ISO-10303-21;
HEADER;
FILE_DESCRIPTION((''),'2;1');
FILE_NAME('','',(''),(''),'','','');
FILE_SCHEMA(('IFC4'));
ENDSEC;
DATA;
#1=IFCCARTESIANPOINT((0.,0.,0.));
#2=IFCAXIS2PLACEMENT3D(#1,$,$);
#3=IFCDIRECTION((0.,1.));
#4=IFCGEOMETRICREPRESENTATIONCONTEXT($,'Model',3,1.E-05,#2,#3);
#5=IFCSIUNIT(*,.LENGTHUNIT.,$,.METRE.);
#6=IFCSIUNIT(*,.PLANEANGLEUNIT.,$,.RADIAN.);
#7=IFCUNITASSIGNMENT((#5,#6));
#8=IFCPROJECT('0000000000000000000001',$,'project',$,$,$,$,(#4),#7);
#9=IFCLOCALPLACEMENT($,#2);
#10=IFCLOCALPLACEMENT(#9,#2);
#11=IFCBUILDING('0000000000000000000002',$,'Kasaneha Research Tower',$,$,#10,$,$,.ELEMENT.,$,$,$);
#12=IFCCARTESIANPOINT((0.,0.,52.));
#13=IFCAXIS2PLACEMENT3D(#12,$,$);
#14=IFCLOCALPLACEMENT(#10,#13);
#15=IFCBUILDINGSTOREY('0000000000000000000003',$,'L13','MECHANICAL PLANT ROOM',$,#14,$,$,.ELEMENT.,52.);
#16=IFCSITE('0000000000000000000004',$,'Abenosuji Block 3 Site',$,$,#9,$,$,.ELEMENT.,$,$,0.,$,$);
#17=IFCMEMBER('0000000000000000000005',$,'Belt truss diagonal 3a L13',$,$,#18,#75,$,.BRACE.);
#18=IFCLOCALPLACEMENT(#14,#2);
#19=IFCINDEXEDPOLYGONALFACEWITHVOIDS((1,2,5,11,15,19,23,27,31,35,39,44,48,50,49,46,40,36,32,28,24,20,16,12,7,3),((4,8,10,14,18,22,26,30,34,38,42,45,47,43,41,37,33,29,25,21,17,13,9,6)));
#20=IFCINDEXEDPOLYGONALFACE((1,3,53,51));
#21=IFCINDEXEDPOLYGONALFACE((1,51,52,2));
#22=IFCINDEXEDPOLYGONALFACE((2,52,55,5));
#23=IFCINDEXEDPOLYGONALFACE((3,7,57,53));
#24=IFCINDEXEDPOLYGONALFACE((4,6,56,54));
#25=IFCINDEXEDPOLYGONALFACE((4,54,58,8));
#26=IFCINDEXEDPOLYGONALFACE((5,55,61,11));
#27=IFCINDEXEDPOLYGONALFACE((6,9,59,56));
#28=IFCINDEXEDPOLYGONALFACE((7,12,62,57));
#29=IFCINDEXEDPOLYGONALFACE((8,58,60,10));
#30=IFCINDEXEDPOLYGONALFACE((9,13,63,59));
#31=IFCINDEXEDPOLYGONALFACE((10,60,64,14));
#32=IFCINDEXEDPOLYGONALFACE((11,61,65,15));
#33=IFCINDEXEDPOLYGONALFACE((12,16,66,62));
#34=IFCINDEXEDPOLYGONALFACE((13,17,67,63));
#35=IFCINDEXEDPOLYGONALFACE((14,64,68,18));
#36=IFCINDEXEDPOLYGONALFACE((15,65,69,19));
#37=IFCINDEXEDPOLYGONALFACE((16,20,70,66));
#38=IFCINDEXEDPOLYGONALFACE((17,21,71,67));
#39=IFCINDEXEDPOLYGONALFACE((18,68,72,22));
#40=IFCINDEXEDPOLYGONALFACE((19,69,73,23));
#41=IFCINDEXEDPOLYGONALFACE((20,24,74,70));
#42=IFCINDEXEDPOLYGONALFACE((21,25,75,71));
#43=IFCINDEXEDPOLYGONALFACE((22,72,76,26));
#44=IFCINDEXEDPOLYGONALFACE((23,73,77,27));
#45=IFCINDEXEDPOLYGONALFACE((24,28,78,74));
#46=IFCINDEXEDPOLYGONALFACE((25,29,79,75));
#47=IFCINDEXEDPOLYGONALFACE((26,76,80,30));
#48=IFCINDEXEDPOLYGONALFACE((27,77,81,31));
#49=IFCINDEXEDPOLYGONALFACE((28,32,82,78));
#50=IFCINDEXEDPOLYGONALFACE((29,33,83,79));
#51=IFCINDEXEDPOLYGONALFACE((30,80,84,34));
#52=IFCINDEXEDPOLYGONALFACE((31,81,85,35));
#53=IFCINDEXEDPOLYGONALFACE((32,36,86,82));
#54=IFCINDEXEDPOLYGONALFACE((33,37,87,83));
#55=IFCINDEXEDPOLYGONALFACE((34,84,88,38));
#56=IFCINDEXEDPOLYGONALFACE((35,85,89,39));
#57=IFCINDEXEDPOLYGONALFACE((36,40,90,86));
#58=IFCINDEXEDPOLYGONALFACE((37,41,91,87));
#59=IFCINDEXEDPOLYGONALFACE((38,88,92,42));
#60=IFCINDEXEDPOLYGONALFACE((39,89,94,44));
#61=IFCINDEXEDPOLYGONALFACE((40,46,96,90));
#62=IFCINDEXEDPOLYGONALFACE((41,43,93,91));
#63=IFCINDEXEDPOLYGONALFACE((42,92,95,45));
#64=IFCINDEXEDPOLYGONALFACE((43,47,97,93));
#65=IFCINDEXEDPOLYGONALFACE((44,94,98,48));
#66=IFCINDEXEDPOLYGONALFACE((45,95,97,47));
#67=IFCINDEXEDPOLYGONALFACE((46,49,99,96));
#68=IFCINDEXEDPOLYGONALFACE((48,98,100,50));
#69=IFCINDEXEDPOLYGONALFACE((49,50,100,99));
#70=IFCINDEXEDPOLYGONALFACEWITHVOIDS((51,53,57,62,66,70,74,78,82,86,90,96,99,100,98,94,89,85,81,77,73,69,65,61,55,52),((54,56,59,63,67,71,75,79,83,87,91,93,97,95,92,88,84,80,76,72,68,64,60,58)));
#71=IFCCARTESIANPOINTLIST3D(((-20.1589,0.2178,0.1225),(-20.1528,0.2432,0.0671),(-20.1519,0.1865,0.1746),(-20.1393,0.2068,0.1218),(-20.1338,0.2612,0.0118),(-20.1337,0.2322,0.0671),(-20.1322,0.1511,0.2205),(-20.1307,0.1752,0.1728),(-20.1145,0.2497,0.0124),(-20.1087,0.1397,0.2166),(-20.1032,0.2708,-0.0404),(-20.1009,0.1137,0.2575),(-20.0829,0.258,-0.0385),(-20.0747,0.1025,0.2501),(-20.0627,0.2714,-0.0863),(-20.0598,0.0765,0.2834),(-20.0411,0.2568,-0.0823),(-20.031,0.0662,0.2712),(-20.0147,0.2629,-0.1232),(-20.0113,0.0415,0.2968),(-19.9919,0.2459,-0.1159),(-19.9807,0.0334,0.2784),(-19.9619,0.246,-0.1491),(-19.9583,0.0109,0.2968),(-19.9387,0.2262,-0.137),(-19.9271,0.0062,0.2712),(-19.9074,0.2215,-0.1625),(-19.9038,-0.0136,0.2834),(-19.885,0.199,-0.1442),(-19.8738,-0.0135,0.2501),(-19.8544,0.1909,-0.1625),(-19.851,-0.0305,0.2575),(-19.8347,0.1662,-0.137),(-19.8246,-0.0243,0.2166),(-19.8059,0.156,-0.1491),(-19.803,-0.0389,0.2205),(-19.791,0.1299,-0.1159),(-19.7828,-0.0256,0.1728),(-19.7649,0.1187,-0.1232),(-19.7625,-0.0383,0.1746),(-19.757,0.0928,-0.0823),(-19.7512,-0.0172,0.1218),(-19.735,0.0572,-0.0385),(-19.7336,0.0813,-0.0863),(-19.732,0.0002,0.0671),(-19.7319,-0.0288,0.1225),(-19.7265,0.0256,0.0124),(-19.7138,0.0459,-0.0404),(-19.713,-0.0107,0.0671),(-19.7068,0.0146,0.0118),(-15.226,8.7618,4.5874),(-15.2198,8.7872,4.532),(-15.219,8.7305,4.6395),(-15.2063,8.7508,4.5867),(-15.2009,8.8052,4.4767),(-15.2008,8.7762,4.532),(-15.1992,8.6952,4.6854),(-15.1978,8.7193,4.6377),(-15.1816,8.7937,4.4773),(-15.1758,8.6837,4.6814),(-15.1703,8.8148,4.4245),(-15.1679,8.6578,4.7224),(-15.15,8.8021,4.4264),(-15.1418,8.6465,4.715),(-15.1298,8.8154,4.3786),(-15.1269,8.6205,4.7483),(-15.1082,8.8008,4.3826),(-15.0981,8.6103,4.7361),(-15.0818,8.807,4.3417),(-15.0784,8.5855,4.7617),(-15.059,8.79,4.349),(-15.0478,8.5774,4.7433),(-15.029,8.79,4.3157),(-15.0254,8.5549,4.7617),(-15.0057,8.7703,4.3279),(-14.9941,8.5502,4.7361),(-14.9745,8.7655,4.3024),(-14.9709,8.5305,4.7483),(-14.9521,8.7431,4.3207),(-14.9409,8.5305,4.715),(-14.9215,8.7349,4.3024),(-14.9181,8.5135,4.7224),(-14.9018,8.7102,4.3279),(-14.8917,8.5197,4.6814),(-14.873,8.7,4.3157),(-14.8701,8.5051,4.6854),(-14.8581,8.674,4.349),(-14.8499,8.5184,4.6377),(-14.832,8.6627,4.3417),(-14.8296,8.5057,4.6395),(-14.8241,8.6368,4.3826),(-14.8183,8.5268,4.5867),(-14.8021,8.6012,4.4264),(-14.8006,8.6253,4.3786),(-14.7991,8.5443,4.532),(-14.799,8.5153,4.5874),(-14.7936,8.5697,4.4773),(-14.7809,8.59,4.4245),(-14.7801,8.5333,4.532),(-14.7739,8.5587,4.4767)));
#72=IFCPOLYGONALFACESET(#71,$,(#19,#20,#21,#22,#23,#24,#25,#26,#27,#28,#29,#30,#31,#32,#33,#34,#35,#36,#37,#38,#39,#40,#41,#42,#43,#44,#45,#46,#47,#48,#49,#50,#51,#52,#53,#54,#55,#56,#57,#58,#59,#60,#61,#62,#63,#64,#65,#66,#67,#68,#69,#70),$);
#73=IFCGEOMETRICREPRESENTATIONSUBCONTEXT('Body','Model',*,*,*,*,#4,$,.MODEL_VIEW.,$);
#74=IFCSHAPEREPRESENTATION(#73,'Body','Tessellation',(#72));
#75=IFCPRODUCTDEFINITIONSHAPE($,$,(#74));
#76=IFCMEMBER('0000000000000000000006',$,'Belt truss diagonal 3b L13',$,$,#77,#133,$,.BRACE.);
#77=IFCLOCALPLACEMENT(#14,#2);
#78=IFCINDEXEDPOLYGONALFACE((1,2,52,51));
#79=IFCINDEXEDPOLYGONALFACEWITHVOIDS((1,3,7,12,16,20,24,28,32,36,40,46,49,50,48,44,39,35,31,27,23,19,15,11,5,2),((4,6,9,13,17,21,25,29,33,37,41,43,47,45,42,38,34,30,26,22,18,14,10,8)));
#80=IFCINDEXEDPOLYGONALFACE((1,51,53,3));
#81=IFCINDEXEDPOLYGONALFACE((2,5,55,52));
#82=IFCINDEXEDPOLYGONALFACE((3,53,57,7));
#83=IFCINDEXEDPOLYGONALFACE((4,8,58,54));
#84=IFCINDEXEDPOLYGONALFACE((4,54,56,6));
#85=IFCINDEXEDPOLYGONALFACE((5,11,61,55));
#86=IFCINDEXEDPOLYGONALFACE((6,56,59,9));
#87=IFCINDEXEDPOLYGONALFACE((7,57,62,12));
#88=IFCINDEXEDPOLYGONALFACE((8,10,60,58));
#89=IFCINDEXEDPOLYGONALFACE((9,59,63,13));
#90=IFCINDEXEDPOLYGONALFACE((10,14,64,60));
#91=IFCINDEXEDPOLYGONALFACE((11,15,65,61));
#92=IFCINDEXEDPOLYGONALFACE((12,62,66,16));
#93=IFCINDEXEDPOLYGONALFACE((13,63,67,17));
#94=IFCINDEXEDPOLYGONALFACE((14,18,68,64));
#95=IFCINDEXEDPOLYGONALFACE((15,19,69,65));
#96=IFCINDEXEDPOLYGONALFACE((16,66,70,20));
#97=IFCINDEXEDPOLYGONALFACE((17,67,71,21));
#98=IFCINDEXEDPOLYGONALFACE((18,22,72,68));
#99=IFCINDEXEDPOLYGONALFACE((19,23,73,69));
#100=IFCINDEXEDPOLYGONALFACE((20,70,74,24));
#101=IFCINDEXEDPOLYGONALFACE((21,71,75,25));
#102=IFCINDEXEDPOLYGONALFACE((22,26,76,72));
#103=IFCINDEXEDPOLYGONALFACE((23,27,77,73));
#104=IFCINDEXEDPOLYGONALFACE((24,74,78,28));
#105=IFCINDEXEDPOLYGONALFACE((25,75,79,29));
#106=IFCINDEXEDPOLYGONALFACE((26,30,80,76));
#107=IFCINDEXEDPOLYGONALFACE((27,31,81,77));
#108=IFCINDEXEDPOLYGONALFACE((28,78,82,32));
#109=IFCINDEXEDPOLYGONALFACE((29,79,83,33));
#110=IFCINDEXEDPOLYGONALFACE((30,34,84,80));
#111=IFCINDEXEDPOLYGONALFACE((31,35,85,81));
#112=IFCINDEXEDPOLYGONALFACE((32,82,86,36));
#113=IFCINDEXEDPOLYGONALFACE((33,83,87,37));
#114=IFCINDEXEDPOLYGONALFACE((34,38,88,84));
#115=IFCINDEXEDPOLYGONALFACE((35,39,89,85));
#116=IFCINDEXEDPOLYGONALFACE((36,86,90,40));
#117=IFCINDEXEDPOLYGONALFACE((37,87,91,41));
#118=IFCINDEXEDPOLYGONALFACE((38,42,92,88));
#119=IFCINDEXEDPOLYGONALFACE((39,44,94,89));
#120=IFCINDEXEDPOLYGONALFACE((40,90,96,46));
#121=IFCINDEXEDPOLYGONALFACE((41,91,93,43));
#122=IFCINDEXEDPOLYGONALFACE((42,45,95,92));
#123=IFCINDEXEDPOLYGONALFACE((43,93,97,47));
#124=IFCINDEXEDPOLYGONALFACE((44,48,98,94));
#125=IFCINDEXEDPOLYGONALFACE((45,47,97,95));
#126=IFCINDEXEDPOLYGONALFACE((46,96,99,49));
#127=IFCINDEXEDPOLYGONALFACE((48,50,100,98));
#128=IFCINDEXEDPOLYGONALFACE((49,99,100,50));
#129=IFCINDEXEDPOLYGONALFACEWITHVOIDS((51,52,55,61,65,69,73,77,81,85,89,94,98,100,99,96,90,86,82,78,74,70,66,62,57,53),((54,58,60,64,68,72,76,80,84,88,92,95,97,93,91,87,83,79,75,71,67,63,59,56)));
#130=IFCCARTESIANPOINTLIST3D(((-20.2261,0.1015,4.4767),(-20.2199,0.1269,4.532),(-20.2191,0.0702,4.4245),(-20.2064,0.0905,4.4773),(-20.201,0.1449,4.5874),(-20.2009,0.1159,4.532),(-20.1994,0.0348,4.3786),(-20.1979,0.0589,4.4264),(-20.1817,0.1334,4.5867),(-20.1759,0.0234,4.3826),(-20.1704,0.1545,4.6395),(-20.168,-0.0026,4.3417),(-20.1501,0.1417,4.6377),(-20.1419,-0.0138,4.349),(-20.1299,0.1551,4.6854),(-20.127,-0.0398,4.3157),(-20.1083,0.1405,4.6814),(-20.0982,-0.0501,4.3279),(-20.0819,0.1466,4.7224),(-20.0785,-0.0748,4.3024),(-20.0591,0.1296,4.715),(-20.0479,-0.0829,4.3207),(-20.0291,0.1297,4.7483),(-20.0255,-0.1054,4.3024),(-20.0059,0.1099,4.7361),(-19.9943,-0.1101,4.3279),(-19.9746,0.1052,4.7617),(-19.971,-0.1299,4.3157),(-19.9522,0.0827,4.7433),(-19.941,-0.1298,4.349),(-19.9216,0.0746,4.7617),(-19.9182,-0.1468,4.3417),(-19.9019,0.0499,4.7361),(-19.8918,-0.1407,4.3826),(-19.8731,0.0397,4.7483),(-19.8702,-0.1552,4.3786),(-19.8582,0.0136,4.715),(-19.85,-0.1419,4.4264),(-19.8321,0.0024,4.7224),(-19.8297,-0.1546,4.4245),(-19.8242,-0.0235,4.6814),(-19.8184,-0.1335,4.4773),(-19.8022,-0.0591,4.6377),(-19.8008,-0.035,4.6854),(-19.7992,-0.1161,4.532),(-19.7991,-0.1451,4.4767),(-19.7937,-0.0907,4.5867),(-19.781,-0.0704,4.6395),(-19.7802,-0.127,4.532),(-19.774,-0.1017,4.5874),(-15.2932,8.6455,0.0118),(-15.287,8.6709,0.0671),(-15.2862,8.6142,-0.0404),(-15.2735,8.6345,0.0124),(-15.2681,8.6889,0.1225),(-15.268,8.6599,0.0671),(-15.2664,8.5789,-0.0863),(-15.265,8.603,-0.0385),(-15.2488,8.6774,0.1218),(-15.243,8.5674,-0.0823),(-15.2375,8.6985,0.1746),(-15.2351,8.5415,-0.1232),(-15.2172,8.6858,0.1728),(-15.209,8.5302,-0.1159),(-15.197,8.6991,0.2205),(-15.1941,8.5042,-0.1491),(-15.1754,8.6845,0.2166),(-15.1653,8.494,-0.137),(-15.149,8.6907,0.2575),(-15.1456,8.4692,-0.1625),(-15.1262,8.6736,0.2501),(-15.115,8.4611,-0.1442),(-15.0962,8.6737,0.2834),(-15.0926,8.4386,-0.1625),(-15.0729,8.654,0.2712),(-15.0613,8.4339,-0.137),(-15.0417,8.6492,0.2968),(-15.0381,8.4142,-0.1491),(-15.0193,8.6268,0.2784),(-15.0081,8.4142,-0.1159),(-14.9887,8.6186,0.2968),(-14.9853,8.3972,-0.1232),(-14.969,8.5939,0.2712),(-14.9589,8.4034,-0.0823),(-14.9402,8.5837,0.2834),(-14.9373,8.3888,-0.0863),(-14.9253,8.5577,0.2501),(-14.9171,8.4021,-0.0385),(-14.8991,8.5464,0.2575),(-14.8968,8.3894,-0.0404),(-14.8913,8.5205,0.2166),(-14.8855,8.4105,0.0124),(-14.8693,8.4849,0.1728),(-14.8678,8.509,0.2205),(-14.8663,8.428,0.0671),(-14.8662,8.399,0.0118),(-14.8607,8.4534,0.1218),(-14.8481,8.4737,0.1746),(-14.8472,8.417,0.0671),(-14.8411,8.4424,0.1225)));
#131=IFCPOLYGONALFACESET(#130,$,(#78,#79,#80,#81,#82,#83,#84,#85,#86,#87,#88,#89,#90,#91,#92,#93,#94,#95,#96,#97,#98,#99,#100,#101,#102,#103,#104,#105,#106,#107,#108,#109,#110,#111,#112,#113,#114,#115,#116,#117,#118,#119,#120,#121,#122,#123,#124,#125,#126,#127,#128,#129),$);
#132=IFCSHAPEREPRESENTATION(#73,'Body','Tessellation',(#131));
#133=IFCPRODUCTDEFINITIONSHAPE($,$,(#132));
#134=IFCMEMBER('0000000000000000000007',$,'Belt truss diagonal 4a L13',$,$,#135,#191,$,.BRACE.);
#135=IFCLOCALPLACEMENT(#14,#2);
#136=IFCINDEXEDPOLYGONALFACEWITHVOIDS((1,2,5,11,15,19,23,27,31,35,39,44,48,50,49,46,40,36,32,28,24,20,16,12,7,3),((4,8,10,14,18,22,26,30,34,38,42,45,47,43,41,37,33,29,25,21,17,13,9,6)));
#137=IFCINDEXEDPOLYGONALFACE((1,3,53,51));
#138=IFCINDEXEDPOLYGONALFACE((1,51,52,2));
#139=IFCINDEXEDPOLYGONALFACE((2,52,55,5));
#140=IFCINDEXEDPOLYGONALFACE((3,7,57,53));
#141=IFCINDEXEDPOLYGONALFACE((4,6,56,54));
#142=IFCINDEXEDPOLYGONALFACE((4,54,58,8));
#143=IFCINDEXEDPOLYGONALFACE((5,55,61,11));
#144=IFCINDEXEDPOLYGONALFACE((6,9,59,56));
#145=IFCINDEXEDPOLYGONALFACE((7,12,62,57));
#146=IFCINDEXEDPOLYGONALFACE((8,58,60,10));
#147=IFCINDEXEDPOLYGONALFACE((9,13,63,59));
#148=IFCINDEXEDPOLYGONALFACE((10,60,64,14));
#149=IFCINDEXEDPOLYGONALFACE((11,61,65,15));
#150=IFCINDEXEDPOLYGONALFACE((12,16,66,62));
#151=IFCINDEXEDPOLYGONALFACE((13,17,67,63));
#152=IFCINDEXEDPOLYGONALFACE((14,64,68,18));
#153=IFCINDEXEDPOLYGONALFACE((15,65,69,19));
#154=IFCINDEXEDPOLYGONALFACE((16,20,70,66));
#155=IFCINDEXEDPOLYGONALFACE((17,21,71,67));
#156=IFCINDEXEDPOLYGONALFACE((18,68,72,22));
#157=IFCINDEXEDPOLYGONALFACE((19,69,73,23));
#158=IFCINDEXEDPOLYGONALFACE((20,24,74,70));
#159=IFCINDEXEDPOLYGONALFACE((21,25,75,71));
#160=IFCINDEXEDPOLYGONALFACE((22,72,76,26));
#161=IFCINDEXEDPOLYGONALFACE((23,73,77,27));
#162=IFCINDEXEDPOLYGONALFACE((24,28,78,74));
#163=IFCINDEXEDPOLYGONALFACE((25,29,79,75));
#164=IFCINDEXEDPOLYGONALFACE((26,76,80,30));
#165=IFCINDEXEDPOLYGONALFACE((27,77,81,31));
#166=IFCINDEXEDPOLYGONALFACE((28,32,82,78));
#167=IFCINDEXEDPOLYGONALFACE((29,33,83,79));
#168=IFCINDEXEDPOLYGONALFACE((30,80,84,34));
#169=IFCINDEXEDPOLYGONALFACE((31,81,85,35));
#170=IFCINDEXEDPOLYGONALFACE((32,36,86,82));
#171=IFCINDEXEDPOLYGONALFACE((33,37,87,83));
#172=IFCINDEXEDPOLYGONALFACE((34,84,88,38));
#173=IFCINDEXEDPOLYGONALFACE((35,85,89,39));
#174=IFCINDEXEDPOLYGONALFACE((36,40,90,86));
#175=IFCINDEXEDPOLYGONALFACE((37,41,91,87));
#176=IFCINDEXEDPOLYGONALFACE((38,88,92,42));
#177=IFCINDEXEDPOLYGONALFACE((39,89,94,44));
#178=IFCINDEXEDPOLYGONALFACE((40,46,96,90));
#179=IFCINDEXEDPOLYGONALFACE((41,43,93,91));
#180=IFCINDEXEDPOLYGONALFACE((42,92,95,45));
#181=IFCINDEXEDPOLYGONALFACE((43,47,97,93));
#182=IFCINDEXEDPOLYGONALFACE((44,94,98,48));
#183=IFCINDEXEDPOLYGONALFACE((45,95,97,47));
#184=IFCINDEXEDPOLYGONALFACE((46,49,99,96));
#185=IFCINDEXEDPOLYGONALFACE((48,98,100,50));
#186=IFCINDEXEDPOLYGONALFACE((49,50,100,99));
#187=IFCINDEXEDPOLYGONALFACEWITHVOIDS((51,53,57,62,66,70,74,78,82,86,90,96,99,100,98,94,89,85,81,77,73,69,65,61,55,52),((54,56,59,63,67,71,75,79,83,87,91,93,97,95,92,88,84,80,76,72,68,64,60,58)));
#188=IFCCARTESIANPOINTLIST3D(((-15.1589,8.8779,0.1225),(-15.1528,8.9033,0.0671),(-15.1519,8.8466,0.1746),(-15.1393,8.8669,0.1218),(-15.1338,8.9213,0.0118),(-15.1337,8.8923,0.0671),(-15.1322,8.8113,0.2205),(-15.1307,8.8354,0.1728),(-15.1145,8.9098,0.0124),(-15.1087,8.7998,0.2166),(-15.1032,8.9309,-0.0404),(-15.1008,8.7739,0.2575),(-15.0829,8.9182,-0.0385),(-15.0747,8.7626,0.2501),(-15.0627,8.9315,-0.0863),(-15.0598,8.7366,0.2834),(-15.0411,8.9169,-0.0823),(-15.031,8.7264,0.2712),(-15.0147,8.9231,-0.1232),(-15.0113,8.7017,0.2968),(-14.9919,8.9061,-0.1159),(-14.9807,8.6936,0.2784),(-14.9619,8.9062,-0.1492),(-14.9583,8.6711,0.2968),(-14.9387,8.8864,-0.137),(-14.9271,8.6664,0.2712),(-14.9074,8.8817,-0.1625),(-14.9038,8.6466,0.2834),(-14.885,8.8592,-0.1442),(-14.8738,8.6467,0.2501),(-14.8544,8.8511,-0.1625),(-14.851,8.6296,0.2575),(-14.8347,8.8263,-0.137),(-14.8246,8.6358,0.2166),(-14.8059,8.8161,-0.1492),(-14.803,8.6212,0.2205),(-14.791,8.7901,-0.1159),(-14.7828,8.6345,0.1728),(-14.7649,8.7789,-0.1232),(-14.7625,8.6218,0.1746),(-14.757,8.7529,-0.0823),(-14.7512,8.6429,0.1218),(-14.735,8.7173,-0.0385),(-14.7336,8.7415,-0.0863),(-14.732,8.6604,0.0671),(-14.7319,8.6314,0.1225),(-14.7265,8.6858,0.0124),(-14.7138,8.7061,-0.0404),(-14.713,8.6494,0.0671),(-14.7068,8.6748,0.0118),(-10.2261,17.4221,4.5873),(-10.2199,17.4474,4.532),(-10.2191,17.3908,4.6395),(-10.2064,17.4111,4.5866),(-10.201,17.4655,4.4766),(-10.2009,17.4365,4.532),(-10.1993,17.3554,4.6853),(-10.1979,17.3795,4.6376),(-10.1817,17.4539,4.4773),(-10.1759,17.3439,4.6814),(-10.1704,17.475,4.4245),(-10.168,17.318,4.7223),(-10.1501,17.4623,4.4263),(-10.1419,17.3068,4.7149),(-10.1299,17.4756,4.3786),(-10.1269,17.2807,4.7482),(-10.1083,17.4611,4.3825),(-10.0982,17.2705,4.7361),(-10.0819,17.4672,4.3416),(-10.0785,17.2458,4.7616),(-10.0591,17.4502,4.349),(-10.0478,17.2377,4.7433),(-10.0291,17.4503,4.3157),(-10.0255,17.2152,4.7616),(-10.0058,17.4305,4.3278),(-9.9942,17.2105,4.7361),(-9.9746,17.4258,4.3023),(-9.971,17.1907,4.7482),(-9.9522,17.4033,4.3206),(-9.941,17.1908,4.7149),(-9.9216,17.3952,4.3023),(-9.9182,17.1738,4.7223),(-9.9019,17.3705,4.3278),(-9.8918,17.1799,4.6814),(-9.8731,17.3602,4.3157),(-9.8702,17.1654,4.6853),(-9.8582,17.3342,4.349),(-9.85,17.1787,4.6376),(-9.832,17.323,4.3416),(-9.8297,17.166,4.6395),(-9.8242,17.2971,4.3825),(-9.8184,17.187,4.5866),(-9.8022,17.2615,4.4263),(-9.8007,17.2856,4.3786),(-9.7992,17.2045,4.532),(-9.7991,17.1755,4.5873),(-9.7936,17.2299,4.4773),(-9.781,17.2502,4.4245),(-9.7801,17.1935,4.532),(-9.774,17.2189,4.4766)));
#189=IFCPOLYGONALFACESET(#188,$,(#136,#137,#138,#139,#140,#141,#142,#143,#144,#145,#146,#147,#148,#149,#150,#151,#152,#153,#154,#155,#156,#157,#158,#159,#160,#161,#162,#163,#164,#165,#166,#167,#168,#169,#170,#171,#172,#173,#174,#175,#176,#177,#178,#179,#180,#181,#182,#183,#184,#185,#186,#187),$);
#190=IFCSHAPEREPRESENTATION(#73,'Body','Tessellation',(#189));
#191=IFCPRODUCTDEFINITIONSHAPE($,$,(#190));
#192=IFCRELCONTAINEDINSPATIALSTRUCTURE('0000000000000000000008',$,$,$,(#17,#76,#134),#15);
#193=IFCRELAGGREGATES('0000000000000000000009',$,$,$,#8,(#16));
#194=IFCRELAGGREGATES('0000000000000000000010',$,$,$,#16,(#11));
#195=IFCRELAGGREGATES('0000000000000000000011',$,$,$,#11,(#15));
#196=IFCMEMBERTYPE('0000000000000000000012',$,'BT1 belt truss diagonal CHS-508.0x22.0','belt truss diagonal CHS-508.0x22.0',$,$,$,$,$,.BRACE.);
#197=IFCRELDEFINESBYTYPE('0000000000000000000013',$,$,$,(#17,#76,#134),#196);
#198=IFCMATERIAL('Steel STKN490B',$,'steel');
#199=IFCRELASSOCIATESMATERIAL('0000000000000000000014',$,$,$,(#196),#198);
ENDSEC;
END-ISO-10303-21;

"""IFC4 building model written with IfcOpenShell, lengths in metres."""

from ifc_helpers import new_model, si_unit, direction, frame, origin, origin_2d, place, context, subcontext, project, spatial, hollow_circle, extrude, material, material_profile, profile_set, type_object, element, save


model = new_model("IFC4")

# Units and contexts
model_context = context("Model", 3, precision=1e-05, world=origin(), true_north=direction((0.0, 1.0)))
body_context = subcontext(model_context, "Body", "Model", "MODEL_VIEW")
ifc_project = project(units=[si_unit("LENGTHUNIT", "METRE"), si_unit("PLANEANGLEUNIT", "RADIAN")], contexts=[model_context])

# Site, building, storey
site_placement = place(None, origin())
site = spatial("IfcSite", under=ifc_project, at=site_placement, Name="Abenosuji Block 3 Site", CompositionType="ELEMENT", RefElevation=0.0)
building_placement = place(site_placement, origin())
building = spatial("IfcBuilding", under=site, at=building_placement, Name="Kasaneha Research Tower", CompositionType="ELEMENT")
storey_placement = place(building_placement, frame((0.0, 0.0, 52.0)))
storey = spatial("IfcBuildingStorey", under=building, at=storey_placement, Name="L13", Description="MECHANICAL PLANT ROOM", CompositionType="ELEMENT", Elevation=52.0)

# Members
ifc_material_1 = material(Name="Steel STKN490B", Category="steel")
ifc_material_profile_1 = material_profile(ifc_material_1, hollow_circle(Radius=0.2539, WallThickness=0.022, at=origin_2d()), Name="CHS-508.0x22.0")
ifc_profile_set_1 = profile_set([ifc_material_profile_1], Name="Steel STKN490B")
member_type = type_object("IfcMemberType", Name="BT1 belt truss diagonal CHS-508.0x22.0", Description="belt truss diagonal CHS-508.0x22.0", PredefinedType="BRACE", material=ifc_profile_set_1)
for number, where, z_axis, x_axis, name in (
    (1, (-19.9329, 0.1162, 0.0671), (0.455524, 0.788988, 0.412305), (-0.866025, 0.500001, 0.0), "Belt truss diagonal 3a L13"),
    (2, (-15.0671, 8.5439, 0.0671), (-0.455524, -0.788988, 0.412305), (0.866025, -0.500001, 0.0), "Belt truss diagonal 3b L13"),
    (3, (-14.9329, 8.7764, 0.0671), (0.455516, 0.788997, 0.412298), (-0.866031, 0.49999, 0.0), "Belt truss diagonal 4a L13"),
):
    element("IfcMember", number, at=place(storey_placement, frame(where, z_axis=z_axis, x_axis=x_axis)), inside=storey, type_object=member_type, Name=name, PredefinedType="BRACE", context=body_context, shape_type="SweptSolid", body=[
        extrude(hollow_circle(Radius=0.2539, WallThickness=0.022, at=origin_2d()), origin(), (0.0, 0.0, 1.0), 10.8291),
    ])

save(model, "model.ifc")
